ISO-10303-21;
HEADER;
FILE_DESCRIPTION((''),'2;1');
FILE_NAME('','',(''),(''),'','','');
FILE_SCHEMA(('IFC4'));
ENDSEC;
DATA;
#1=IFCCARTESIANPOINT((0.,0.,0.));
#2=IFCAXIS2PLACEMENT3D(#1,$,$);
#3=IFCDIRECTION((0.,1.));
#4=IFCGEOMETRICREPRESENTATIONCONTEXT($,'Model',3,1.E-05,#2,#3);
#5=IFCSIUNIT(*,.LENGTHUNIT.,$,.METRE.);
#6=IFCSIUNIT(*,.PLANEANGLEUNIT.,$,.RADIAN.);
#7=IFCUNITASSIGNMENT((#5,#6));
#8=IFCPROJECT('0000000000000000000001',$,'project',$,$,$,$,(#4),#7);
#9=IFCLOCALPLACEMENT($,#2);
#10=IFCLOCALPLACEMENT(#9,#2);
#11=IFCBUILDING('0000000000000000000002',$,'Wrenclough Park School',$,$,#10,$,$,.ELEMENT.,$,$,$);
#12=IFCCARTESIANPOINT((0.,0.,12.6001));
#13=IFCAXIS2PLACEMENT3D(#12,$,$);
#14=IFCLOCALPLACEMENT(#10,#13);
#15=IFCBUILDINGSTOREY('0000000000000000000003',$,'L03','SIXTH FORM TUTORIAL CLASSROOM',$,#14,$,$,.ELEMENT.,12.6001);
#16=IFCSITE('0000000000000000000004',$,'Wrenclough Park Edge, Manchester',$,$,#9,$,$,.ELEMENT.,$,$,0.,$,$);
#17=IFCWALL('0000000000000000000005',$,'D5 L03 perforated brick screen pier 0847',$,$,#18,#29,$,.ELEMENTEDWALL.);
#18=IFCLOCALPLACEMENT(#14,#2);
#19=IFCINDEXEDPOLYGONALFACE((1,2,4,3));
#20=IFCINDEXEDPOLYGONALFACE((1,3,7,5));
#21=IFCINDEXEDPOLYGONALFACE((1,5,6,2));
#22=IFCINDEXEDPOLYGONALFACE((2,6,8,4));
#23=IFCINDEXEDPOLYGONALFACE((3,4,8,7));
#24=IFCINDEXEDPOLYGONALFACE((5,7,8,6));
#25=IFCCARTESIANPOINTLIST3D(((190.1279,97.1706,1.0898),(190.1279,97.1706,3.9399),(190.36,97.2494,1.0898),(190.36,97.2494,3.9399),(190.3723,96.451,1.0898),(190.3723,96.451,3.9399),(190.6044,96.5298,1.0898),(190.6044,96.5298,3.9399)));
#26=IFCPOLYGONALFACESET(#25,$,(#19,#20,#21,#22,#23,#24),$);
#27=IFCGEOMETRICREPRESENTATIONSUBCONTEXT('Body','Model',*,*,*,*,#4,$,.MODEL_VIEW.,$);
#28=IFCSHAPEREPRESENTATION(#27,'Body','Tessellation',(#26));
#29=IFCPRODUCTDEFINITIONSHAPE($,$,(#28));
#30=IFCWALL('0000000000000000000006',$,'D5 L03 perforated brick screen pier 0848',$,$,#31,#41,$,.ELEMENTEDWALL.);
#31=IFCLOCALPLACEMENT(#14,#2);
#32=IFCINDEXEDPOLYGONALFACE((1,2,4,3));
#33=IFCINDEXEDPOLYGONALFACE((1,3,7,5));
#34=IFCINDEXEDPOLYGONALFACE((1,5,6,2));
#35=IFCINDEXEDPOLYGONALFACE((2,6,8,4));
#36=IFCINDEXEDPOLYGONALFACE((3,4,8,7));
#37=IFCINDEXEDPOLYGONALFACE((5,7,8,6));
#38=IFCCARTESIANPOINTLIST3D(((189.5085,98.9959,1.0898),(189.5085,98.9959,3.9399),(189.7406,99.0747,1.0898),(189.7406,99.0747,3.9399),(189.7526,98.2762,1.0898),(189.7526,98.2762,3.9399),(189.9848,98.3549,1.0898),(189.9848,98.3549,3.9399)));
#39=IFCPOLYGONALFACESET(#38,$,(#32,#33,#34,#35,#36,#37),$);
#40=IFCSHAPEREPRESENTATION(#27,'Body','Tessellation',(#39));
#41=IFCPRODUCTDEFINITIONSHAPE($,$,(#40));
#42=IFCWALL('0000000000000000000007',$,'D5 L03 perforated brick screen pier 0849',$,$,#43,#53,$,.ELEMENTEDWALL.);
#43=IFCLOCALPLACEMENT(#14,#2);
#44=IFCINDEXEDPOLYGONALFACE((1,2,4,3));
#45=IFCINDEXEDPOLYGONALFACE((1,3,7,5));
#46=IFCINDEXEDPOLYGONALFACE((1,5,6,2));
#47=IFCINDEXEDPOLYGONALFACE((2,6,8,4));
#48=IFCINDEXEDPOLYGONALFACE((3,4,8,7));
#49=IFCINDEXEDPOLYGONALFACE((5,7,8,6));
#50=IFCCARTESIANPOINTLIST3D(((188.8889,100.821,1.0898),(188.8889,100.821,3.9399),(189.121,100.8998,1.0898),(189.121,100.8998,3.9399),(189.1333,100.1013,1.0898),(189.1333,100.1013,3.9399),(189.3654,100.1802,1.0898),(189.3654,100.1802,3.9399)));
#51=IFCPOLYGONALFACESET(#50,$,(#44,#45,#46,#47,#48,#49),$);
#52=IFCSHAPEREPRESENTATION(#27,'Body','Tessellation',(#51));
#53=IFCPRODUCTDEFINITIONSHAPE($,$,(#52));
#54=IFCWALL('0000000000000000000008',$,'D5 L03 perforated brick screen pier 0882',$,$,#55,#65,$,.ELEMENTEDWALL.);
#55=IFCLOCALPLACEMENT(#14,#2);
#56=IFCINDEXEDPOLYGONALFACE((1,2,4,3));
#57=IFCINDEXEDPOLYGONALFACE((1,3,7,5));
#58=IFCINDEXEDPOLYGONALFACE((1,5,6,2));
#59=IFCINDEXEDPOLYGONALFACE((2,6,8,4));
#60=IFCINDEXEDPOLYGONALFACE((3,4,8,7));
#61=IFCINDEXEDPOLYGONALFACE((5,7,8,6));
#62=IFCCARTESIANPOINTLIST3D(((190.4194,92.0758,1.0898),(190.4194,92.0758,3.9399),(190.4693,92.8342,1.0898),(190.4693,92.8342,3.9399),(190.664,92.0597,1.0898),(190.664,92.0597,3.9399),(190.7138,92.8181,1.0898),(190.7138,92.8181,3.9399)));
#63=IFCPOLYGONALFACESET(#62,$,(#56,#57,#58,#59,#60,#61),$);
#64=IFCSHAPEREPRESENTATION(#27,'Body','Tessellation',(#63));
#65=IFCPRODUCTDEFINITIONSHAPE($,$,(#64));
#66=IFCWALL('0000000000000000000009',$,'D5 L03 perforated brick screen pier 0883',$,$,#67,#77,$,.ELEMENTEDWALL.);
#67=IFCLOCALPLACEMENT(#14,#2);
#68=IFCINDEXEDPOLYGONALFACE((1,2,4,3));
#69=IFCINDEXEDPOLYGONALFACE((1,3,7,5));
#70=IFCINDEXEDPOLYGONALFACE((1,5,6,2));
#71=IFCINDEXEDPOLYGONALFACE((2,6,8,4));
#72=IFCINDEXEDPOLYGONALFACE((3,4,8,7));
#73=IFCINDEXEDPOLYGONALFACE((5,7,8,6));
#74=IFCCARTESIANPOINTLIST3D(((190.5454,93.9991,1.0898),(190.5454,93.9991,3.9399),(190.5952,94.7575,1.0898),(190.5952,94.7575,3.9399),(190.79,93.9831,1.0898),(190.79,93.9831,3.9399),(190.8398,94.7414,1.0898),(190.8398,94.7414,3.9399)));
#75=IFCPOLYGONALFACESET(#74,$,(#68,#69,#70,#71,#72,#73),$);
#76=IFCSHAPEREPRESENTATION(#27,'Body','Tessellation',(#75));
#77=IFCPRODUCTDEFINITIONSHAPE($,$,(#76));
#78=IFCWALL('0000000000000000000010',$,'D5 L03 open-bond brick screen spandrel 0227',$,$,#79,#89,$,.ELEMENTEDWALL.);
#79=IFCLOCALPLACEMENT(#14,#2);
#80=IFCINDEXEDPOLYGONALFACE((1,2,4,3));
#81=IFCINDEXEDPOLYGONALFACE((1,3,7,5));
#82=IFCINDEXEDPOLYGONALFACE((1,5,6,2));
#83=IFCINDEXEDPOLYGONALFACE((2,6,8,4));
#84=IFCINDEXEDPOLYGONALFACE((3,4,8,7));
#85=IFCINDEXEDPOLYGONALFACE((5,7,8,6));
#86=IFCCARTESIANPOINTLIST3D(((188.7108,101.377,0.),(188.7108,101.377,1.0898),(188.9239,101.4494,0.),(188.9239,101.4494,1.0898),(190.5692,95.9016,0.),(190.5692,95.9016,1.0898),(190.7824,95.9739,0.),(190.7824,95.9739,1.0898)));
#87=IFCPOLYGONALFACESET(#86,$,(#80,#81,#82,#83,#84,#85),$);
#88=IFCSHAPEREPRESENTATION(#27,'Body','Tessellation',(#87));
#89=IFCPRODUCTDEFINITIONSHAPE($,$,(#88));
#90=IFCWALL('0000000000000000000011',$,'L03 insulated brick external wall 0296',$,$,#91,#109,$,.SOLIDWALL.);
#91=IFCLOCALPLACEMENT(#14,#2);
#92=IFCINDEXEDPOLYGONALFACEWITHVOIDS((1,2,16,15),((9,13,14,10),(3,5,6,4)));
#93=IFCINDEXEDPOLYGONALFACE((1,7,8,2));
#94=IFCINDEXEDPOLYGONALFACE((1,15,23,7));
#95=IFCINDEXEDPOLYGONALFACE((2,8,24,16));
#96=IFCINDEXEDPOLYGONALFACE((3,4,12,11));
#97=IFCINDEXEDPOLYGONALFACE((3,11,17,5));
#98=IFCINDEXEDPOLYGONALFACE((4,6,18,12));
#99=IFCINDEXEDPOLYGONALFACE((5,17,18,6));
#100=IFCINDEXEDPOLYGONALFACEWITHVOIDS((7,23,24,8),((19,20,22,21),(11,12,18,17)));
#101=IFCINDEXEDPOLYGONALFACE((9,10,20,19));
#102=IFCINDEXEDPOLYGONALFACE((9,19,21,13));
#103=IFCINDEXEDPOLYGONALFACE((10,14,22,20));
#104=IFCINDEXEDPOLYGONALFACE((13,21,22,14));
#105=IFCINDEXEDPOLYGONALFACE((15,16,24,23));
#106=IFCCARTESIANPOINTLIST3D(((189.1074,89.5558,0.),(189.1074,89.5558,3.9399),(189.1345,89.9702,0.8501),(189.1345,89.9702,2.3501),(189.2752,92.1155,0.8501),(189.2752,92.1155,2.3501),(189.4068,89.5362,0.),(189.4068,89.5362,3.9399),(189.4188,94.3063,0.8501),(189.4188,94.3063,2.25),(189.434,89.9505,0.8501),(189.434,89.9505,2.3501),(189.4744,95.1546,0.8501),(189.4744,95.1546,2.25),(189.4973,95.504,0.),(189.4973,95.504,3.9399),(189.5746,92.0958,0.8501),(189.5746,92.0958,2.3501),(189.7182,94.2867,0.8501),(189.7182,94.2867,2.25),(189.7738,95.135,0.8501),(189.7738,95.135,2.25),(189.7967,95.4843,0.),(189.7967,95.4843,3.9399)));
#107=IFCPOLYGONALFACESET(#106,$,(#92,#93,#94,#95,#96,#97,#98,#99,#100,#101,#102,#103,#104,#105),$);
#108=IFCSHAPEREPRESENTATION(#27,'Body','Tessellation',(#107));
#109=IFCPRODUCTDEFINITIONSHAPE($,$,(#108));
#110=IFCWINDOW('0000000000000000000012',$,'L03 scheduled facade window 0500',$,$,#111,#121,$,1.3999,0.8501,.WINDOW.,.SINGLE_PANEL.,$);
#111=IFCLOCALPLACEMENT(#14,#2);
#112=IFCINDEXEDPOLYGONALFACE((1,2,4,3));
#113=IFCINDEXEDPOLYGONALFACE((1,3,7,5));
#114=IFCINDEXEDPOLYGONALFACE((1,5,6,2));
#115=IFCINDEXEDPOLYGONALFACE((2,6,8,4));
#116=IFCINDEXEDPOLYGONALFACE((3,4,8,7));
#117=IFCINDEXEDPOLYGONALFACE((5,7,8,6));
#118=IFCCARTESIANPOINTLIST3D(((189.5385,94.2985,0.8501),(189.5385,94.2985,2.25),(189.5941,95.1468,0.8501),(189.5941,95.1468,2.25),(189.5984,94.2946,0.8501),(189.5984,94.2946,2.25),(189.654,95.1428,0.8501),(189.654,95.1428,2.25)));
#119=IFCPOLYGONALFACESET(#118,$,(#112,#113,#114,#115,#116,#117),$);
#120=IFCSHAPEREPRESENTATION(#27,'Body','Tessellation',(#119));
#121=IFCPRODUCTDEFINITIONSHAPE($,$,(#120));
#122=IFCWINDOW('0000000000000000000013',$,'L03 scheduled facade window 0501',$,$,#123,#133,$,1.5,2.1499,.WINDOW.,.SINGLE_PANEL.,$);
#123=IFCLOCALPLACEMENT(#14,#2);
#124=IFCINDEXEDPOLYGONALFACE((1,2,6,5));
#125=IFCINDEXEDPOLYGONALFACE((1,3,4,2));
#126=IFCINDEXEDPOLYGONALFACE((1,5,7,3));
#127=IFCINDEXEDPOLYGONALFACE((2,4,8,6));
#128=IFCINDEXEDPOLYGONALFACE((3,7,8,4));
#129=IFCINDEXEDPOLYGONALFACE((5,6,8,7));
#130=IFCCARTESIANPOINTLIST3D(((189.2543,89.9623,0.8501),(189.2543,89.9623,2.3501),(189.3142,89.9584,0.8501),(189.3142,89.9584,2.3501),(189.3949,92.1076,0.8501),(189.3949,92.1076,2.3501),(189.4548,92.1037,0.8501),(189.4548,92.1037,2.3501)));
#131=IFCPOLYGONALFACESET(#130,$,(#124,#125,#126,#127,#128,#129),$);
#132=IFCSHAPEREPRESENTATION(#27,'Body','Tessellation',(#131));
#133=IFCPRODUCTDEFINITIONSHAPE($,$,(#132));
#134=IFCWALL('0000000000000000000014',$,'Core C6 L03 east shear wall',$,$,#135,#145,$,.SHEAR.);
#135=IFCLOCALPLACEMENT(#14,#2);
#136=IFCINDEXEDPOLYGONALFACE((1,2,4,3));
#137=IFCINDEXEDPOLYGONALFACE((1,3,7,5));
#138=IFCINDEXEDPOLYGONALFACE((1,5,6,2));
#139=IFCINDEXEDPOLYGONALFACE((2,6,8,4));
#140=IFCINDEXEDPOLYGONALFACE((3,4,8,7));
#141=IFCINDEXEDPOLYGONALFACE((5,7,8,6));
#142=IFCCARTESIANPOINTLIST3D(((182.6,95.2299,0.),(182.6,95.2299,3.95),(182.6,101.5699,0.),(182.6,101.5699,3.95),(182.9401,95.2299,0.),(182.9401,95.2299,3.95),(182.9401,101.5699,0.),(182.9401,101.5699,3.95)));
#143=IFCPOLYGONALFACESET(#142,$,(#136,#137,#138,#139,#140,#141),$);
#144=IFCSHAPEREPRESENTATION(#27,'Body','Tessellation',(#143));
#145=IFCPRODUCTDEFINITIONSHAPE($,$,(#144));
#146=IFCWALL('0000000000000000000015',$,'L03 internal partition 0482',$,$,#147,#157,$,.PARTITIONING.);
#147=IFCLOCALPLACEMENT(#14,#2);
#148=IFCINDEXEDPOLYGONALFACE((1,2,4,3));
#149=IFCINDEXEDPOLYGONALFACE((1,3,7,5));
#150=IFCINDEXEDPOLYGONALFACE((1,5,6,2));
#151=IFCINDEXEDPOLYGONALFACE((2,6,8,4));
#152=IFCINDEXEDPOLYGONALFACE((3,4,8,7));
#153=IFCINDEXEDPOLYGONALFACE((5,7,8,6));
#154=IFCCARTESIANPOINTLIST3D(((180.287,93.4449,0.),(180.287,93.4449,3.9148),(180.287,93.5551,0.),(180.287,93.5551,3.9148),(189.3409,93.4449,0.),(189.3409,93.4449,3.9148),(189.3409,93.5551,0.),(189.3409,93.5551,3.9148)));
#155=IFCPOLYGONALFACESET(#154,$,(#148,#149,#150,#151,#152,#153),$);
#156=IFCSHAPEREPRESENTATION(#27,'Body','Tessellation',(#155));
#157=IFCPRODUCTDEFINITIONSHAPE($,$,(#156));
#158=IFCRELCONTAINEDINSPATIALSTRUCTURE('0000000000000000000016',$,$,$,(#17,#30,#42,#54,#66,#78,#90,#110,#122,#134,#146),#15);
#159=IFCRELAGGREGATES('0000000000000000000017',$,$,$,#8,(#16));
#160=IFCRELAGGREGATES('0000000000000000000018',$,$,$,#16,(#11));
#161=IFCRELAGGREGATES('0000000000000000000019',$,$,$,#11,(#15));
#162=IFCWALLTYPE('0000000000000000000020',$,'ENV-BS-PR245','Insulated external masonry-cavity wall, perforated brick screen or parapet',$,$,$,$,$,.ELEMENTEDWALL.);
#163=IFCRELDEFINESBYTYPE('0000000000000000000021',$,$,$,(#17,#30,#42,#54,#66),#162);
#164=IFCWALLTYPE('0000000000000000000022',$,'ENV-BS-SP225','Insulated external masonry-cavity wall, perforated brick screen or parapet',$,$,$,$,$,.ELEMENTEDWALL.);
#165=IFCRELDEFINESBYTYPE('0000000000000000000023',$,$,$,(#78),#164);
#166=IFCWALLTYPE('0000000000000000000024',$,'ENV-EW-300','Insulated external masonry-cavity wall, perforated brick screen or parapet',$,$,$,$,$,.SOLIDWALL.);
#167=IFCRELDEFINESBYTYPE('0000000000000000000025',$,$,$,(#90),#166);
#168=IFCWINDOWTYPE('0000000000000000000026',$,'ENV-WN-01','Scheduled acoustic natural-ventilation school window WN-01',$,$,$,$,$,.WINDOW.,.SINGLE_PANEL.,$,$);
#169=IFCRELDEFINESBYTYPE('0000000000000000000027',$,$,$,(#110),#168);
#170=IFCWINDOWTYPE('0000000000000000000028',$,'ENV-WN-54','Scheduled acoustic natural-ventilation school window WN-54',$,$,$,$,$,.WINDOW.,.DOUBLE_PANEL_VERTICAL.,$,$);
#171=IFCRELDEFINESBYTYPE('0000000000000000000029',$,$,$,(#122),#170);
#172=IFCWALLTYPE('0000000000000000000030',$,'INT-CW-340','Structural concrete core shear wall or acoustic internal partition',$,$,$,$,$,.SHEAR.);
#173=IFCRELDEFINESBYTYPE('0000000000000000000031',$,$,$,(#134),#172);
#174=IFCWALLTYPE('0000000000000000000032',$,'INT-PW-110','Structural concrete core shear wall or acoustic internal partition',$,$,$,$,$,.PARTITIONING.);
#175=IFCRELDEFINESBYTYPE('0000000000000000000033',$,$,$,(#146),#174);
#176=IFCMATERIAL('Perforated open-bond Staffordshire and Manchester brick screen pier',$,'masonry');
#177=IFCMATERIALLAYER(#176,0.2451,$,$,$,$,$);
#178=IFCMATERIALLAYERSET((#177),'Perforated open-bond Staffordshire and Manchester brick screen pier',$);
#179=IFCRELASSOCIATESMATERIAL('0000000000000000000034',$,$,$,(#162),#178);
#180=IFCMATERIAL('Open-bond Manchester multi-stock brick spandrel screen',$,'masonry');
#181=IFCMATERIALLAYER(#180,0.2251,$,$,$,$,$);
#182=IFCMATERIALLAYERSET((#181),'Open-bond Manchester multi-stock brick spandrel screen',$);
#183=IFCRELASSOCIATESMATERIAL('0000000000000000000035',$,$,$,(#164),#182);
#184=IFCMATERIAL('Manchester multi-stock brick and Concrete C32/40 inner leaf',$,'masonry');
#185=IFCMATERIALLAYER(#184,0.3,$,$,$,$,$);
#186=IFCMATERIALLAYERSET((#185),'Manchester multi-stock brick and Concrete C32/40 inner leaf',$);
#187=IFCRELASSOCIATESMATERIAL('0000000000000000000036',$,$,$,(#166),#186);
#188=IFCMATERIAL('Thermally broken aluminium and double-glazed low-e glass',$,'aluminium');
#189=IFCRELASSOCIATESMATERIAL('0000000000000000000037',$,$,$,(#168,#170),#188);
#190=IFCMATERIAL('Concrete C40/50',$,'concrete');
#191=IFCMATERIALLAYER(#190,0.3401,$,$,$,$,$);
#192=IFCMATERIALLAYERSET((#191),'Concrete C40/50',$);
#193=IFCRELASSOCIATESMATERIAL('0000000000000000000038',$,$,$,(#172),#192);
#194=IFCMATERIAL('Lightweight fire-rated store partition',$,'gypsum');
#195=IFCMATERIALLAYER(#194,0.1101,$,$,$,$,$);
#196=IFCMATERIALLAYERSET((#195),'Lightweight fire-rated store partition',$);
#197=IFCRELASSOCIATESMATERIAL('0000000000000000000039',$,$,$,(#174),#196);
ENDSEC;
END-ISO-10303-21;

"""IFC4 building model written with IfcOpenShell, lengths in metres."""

from ifc_helpers import new_model, si_unit, direction, frame, frame_2d, origin, place, context, subcontext, project, spatial, rectangle, extrude, material, layer, layer_set, type_object, element, fill, save


model = new_model("IFC4")

# Units and contexts
model_context = context("Model", 3, precision=1e-05, world=origin(), true_north=direction((0.0, 1.0)))
body_context = subcontext(model_context, "Body", "Model", "MODEL_VIEW")
ifc_project = project(units=[si_unit("LENGTHUNIT", "METRE"), si_unit("PLANEANGLEUNIT", "RADIAN")], contexts=[model_context])

# Site, building, storey
site_placement = place(None, origin())
site = spatial("IfcSite", under=ifc_project, at=site_placement, Name="Wrenclough Park Edge, Manchester", CompositionType="ELEMENT", RefElevation=0.0)
building_placement = place(site_placement, origin())
building = spatial("IfcBuilding", under=site, at=building_placement, Name="Wrenclough Park School", CompositionType="ELEMENT")
storey_placement = place(building_placement, frame((0.0, 0.0, 12.6001)))
storey = spatial("IfcBuildingStorey", under=building, at=storey_placement, Name="L03", Description="SIXTH FORM TUTORIAL CLASSROOM", CompositionType="ELEMENT", Elevation=12.6001)

# Shared definitions
ifc_material_1 = material(Name="Concrete C40/50", Category="concrete")

# Walls
ifc_material_2 = material(Name="Perforated open-bond Staffordshire and Manchester brick screen pier", Category="masonry")
ifc_layer_1 = layer(ifc_material_2, 0.2451)
ifc_layer_set_1 = layer_set([ifc_layer_1], Name="Perforated open-bond Staffordshire and Manchester brick screen pier")
wall_type_1 = type_object("IfcWallType", Name="ENV-BS-PR245", Description="Insulated external masonry-cavity wall, perforated brick screen or parapet", PredefinedType="ELEMENTEDWALL", material=ifc_layer_set_1)
for number, where, z_axis, x_axis, name in (
    (1, (190.4883, 96.4905, 1.0898), (0.0, 0.0, 1.0), (-0.321523, 0.946902, 0.0), "D5 L03 perforated brick screen pier 0847"),
    (2, (189.8687, 98.3157, 1.0898), (0.0, 0.0, 1.0), (-0.321235, 0.947, 0.0), "D5 L03 perforated brick screen pier 0848"),
    (3, (189.2493, 100.1409, 1.0898), (0.0, 0.0, 1.0), (-0.321523, 0.946902, 0.0), "D5 L03 perforated brick screen pier 0849"),
    (4, (190.5417, 92.0679, 1.0898), (0.0, 0.0, 1.0), (0.065538, 0.99785, 0.0), "D5 L03 perforated brick screen pier 0882"),
    (5, (190.6677, 93.9912, 1.0898), (0.0, 0.0, 1.0), (0.065538, 0.99785, 0.0), "D5 L03 perforated brick screen pier 0883"),
):
    element("IfcWall", number, at=place(storey_placement, frame(where, z_axis=z_axis, x_axis=x_axis)), inside=storey, type_object=wall_type_1, Name=name, PredefinedType="ELEMENTEDWALL", context=body_context, shape_type="SweptSolid", body=[
        extrude(rectangle(XDim=0.76, YDim=0.2451, at=frame_2d((0.3799, 0.0))), origin(), (0.0, 0.0, 1.0), 2.8501),
    ])
ifc_material_3 = material(Name="Open-bond Manchester multi-stock brick spandrel screen", Category="masonry")
ifc_layer_2 = layer(ifc_material_3, 0.2251)
ifc_layer_set_2 = layer_set([ifc_layer_2], Name="Open-bond Manchester multi-stock brick spandrel screen")
wall_type_2 = type_object("IfcWallType", Name="ENV-BS-SP225", Description="Insulated external masonry-cavity wall, perforated brick screen or parapet", PredefinedType="ELEMENTEDWALL", material=ifc_layer_set_2)
wall_1_placement = place(storey_placement, frame((190.6758, 95.9377, 0.0), z_axis=(0.0, 0.0, 1.0), x_axis=(-0.321404, 0.946942, 0.0)))
element("IfcWall", 6, at=wall_1_placement, inside=storey, type_object=wall_type_2, Name="D5 L03 open-bond brick screen spandrel 0227", PredefinedType="ELEMENTEDWALL", context=body_context, shape_type="SweptSolid", body=[
    extrude(rectangle(XDim=5.7822, YDim=0.2251, at=frame_2d((2.8911, 0.0))), origin(), (0.0, 0.0, 1.0), 1.0898),
])

# Wall, openings, windows
ifc_material_4 = material(Name="Manchester multi-stock brick and Concrete C32/40 inner leaf", Category="masonry")
ifc_layer_3 = layer(ifc_material_4, 0.3)
ifc_layer_set_3 = layer_set([ifc_layer_3], Name="Manchester multi-stock brick and Concrete C32/40 inner leaf")
wall_type_3 = type_object("IfcWallType", Name="ENV-EW-300", Description="Insulated external masonry-cavity wall, perforated brick screen or parapet", PredefinedType="SOLIDWALL", material=ifc_layer_set_3)
wall_2_placement = place(storey_placement, frame((189.647, 95.4941, 0.0), z_axis=(0.0, 0.0, 1.0), x_axis=(-0.065407, -0.997859, 0.0)))
wall_2 = element("IfcWall", 7, at=wall_2_placement, inside=storey, type_object=wall_type_3, Name="L03 insulated brick external wall 0296", PredefinedType="SOLIDWALL", context=body_context, shape_type="SweptSolid", body=[
    extrude(rectangle(XDim=5.9609, YDim=0.3, at=frame_2d((2.9805, 0.0))), origin(), (0.0, 0.0, 1.0), 3.9399),
])
opening_1_placement = place(wall_2_placement, frame((0.3501, 0.0, 0.8501)))
opening_1 = element("IfcOpeningElement", 8, at=opening_1_placement, cuts=wall_2, PredefinedType="OPENING", context=body_context, shape_type="SweptSolid", body=[
    extrude(rectangle(XDim=0.8501, YDim=1.3999, at=frame_2d((0.425, 0.7))), frame((0.0, 0.1599, 0.0), z_axis=(0.0, -1.0, 0.0), x_axis=(1.0, 0.0, 0.0)), (0.0, 0.0, 1.0), 0.3201),
])
opening_2_placement = place(wall_2_placement, frame((3.3958, 0.0, 0.8501)))
opening_2 = element("IfcOpeningElement", 9, at=opening_2_placement, cuts=wall_2, PredefinedType="OPENING", context=body_context, shape_type="SweptSolid", body=[
    extrude(rectangle(XDim=2.1499, YDim=1.5, at=frame_2d((1.075, 0.75))), frame((0.0, 0.1599, 0.0), z_axis=(0.0, -1.0, 0.0), x_axis=(1.0, 0.0, 0.0)), (0.0, 0.0, 1.0), 0.3201),
])
ifc_material_5 = material(Name="Thermally broken aluminium and double-glazed low-e glass", Category="aluminium")
window_type_1 = type_object("IfcWindowType", Name="ENV-WN-01", Description="Scheduled acoustic natural-ventilation school window WN-01", PartitioningType="SINGLE_PANEL", PredefinedType="WINDOW", material=ifc_material_5)
window_1_placement = place(opening_1_placement, origin())
window_1 = element("IfcWindow", 10, at=window_1_placement, inside=storey, type_object=window_type_1, Name="L03 scheduled facade window 0500", OverallHeight=1.3999, OverallWidth=0.8501, PartitioningType="SINGLE_PANEL", PredefinedType="WINDOW", context=body_context, shape_type="SweptSolid", body=[
    extrude(rectangle(XDim=0.8501, YDim=1.3999, at=frame_2d((0.425, 0.7))), frame((0.0, 0.03, 0.0), z_axis=(0.0, -1.0, 0.0), x_axis=(1.0, 0.0, 0.0)), (0.0, 0.0, 1.0), 0.0601),
])
fill(opening_1, window_1)
window_type_2 = type_object("IfcWindowType", Name="ENV-WN-54", Description="Scheduled acoustic natural-ventilation school window WN-54", PartitioningType="DOUBLE_PANEL_VERTICAL", PredefinedType="WINDOW", material=ifc_material_5)
window_2_placement = place(opening_2_placement, origin())
window_2 = element("IfcWindow", 11, at=window_2_placement, inside=storey, type_object=window_type_2, Name="L03 scheduled facade window 0501", OverallHeight=1.5, OverallWidth=2.1499, PartitioningType="SINGLE_PANEL", PredefinedType="WINDOW", context=body_context, shape_type="SweptSolid", body=[
    extrude(rectangle(XDim=2.1499, YDim=1.5, at=frame_2d((1.075, 0.75))), frame((0.0, 0.03, 0.0), z_axis=(0.0, -1.0, 0.0), x_axis=(1.0, 0.0, 0.0)), (0.0, 0.0, 1.0), 0.0601),
])
fill(opening_2, window_2)

# Walls
ifc_layer_4 = layer(ifc_material_1, 0.3401)
ifc_layer_set_4 = layer_set([ifc_layer_4], Name="Concrete C40/50")
wall_type_4 = type_object("IfcWallType", Name="INT-CW-340", Description="Structural concrete core shear wall or acoustic internal partition", PredefinedType="SHEAR", material=ifc_layer_set_4)
wall_3_placement = place(storey_placement, frame((182.77, 95.23, 0.0), z_axis=(0.0, 0.0, 1.0), x_axis=(0.0, 1.0, 0.0)))
element("IfcWall", 12, at=wall_3_placement, inside=storey, type_object=wall_type_4, Name="Core C6 L03 east shear wall", PredefinedType="SHEAR", context=body_context, shape_type="SweptSolid", body=[
    extrude(rectangle(XDim=6.3401, YDim=0.3401, at=frame_2d((3.1699, 0.0))), origin(), (0.0, 0.0, 1.0), 3.95),
])
ifc_material_6 = material(Name="Lightweight fire-rated store partition", Category="gypsum")
ifc_layer_5 = layer(ifc_material_6, 0.1101)
ifc_layer_set_5 = layer_set([ifc_layer_5], Name="Lightweight fire-rated store partition")
wall_type_5 = type_object("IfcWallType", Name="INT-PW-110", Description="Structural concrete core shear wall or acoustic internal partition", PredefinedType="PARTITIONING", material=ifc_layer_set_5)
wall_4_placement = place(storey_placement, frame((189.3408, 93.5, 0.0), z_axis=(0.0, 0.0, 1.0), x_axis=(-1.0, 0.0, 0.0)))
element("IfcWall", 13, at=wall_4_placement, inside=storey, type_object=wall_type_5, Name="L03 internal partition 0482", PredefinedType="PARTITIONING", context=body_context, shape_type="SweptSolid", body=[
    extrude(rectangle(XDim=9.054, YDim=0.1101, at=frame_2d((4.5269, 0.0))), origin(), (0.0, 0.0, 1.0), 3.9148),
])

save(model, "model.ifc")
